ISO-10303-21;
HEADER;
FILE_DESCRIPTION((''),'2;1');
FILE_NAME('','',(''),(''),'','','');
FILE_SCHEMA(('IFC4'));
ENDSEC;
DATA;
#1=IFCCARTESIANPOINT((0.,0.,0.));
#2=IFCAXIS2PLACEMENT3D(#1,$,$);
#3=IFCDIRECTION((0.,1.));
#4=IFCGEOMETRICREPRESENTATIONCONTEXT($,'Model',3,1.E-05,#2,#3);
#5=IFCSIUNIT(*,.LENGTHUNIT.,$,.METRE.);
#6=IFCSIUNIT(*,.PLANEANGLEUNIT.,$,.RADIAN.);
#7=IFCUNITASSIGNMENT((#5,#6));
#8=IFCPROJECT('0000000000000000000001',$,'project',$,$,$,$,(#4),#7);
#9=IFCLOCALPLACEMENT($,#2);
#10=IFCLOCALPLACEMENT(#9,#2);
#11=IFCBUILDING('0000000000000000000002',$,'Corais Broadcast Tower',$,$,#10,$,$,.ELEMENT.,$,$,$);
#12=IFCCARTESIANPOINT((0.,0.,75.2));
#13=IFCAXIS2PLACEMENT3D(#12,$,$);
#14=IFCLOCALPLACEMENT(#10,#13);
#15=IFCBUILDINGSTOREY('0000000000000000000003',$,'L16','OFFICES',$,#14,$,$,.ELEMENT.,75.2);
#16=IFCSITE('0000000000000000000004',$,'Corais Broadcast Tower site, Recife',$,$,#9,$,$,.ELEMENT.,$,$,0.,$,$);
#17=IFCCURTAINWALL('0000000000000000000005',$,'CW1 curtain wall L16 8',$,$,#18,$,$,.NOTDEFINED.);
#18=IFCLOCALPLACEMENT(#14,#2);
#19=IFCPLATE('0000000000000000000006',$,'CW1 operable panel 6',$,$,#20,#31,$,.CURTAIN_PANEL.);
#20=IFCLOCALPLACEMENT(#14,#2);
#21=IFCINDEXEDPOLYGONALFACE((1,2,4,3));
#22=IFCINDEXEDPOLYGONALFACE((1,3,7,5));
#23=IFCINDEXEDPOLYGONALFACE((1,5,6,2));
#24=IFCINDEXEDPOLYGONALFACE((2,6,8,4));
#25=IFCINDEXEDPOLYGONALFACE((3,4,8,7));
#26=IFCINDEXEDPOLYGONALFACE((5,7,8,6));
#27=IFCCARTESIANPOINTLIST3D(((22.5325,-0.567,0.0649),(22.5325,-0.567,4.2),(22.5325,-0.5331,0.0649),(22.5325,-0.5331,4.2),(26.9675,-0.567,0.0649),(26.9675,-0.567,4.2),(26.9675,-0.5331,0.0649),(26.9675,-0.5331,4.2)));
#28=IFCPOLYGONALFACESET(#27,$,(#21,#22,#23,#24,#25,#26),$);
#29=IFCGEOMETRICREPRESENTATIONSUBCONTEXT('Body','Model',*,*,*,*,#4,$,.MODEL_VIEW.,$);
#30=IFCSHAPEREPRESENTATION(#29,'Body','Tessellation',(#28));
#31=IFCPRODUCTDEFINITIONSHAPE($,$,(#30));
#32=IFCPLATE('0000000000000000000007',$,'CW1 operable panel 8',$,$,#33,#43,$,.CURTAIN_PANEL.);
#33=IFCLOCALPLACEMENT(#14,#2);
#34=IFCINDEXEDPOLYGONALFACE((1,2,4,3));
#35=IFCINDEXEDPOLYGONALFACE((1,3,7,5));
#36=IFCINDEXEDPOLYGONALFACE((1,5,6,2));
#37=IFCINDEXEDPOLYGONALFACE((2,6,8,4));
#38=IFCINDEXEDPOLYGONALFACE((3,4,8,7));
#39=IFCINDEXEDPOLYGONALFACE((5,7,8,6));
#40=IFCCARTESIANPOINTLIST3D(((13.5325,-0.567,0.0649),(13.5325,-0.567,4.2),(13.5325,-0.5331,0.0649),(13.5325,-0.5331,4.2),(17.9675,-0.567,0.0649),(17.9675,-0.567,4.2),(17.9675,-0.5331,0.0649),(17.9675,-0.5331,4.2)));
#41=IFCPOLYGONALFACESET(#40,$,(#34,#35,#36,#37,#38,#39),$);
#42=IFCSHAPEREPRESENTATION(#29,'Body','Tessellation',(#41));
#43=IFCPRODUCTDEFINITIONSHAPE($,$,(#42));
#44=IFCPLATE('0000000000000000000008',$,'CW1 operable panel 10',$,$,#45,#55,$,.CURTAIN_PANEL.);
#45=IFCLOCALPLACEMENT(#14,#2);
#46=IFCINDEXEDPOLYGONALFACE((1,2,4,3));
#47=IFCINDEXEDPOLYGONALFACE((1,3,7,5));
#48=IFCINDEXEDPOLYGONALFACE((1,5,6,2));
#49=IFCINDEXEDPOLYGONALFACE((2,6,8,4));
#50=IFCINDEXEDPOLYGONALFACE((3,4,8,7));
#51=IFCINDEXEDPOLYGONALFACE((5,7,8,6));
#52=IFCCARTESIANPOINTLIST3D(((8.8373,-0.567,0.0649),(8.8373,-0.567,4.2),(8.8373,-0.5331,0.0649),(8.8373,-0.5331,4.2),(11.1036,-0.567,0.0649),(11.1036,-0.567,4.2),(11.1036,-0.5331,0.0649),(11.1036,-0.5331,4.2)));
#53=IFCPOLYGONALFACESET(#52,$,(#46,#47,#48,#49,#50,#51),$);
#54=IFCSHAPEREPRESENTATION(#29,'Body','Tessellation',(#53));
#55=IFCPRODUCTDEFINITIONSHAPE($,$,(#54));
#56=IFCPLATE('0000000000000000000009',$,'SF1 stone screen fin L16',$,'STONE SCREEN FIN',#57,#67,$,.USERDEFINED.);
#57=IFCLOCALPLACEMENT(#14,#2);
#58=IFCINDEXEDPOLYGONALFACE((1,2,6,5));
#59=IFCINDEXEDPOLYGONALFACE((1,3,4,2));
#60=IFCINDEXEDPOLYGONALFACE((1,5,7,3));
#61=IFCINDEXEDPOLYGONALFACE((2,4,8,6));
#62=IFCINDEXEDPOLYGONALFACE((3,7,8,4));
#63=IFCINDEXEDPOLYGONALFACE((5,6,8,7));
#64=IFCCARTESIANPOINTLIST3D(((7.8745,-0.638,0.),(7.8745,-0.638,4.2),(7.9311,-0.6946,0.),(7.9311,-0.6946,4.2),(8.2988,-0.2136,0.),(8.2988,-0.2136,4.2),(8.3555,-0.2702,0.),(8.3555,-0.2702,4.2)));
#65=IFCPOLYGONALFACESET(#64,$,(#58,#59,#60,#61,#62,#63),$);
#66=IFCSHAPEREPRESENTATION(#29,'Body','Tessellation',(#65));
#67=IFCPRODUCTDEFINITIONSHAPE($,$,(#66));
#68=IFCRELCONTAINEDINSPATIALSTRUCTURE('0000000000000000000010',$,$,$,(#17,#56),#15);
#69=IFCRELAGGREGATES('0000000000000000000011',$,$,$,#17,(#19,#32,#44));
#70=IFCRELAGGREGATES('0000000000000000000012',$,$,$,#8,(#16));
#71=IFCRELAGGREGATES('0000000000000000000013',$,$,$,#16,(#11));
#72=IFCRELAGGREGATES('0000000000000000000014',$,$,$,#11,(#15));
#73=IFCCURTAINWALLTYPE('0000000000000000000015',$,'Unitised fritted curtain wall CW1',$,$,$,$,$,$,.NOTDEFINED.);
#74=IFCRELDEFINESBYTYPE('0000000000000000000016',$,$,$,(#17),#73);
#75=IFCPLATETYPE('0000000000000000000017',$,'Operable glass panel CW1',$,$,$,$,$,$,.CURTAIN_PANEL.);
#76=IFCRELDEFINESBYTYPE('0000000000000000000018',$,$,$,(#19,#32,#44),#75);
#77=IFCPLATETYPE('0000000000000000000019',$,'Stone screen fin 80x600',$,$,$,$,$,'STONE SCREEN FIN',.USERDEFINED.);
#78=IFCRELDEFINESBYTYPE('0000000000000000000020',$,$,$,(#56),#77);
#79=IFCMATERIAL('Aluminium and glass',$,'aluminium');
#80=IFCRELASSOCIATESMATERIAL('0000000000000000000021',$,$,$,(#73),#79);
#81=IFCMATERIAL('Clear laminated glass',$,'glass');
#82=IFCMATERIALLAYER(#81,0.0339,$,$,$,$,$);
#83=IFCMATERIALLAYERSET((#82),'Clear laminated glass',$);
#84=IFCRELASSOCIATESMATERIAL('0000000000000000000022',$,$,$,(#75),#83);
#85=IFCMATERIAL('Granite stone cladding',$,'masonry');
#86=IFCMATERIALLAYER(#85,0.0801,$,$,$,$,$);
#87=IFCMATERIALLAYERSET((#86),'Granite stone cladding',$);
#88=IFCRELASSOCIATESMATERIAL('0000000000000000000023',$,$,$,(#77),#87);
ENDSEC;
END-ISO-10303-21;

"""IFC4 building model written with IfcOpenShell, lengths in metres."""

from ifc_helpers import new_model, si_unit, direction, frame, origin, origin_2d, place, context, subcontext, project, spatial, rectangle, extrude, material, layer, layer_set, type_object, element, aggregate, save


model = new_model("IFC4")

# Units and contexts
model_context = context("Model", 3, precision=1e-05, world=origin(), true_north=direction((0.0, 1.0)))
body_context = subcontext(model_context, "Body", "Model", "MODEL_VIEW")
ifc_project = project(units=[si_unit("LENGTHUNIT", "METRE"), si_unit("PLANEANGLEUNIT", "RADIAN")], contexts=[model_context])

# Site, building, storey
site_placement = place(None, origin())
site = spatial("IfcSite", under=ifc_project, at=site_placement, Name="Corais Broadcast Tower site, Recife", CompositionType="ELEMENT", RefElevation=0.0)
building_placement = place(site_placement, origin())
building = spatial("IfcBuilding", under=site, at=building_placement, Name="Corais Broadcast Tower", CompositionType="ELEMENT")
storey_placement = place(building_placement, frame((0.0, 0.0, 75.2)))
storey = spatial("IfcBuildingStorey", under=building, at=storey_placement, Name="L16", Description="OFFICES", CompositionType="ELEMENT", Elevation=75.2)

# Shared definitions
ifc_material_1 = material(Name="Aluminium and glass", Category="aluminium")
curtain_wall_type = type_object("IfcCurtainWallType", Name="Unitised fritted curtain wall CW1", PredefinedType="NOTDEFINED", material=ifc_material_1)

# Curtain wall
curtain_wall_1_placement = place(storey_placement, origin())
curtain_wall_1 = element("IfcCurtainWall", 1, at=curtain_wall_1_placement, inside=storey, type_object=curtain_wall_type, Name="CW1 curtain wall L16 8", PredefinedType="NOTDEFINED")

# Plates
ifc_material_2 = material(Name="Clear laminated glass", Category="glass")
ifc_layer_1 = layer(ifc_material_2, 0.0339)
ifc_layer_set_1 = layer_set([ifc_layer_1], Name="Clear laminated glass")
plate_type_1 = type_object("IfcPlateType", Name="Operable glass panel CW1", PredefinedType="CURTAIN_PANEL", material=ifc_layer_set_1)
plate_1_placement = place(storey_placement, frame((24.75, -0.55, 0.0649), z_axis=(0.0, 0.0, 1.0), x_axis=(-1.0, 0.0, 0.0)))
plate_1 = element("IfcPlate", 2, at=plate_1_placement, type_object=plate_type_1, Name="CW1 operable panel 6", PredefinedType="CURTAIN_PANEL", context=body_context, shape_type="SweptSolid", body=[
    extrude(rectangle(XDim=4.4351, YDim=0.0339, at=origin_2d()), origin(), (0.0, 0.0, 1.0), 4.135),
])
plate_2_placement = place(storey_placement, frame((15.75, -0.55, 0.0649), z_axis=(0.0, 0.0, 1.0), x_axis=(-1.0, 0.0, 0.0)))
plate_2 = element("IfcPlate", 3, at=plate_2_placement, type_object=plate_type_1, Name="CW1 operable panel 8", PredefinedType="CURTAIN_PANEL", context=body_context, shape_type="SweptSolid", body=[
    extrude(rectangle(XDim=4.4351, YDim=0.0339, at=origin_2d()), origin(), (0.0, 0.0, 1.0), 4.135),
])
plate_3_placement = place(storey_placement, frame((9.9705, -0.55, 0.0649), z_axis=(0.0, 0.0, 1.0), x_axis=(-1.0, 0.0, 0.0)))
plate_3 = element("IfcPlate", 4, at=plate_3_placement, type_object=plate_type_1, Name="CW1 operable panel 10", PredefinedType="CURTAIN_PANEL", context=body_context, shape_type="SweptSolid", body=[
    extrude(rectangle(XDim=2.2664, YDim=0.0339, at=origin_2d()), origin(), (0.0, 0.0, 1.0), 4.135),
])
aggregate(curtain_wall_1, [plate_1, plate_2, plate_3])
ifc_material_3 = material(Name="Granite stone cladding", Category="masonry")
ifc_layer_2 = layer(ifc_material_3, 0.0801)
ifc_layer_set_2 = layer_set([ifc_layer_2], Name="Granite stone cladding")
plate_type_2 = type_object("IfcPlateType", Name="Stone screen fin 80x600", ElementType="STONE SCREEN FIN", PredefinedType="USERDEFINED", material=ifc_layer_set_2)
plate_4_placement = place(storey_placement, frame((8.115, -0.4541, 0.0), z_axis=(0.0, 0.0, 1.0), x_axis=(-0.707107, 0.707107, 0.0)))
element("IfcPlate", 5, at=plate_4_placement, inside=storey, type_object=plate_type_2, Name="SF1 stone screen fin L16", ObjectType="STONE SCREEN FIN", PredefinedType="USERDEFINED", context=body_context, shape_type="SweptSolid", body=[
    extrude(rectangle(XDim=0.0801, YDim=0.6001, at=origin_2d()), origin(), (0.0, 0.0, 1.0), 4.2),
])

save(model, "model.ifc")
